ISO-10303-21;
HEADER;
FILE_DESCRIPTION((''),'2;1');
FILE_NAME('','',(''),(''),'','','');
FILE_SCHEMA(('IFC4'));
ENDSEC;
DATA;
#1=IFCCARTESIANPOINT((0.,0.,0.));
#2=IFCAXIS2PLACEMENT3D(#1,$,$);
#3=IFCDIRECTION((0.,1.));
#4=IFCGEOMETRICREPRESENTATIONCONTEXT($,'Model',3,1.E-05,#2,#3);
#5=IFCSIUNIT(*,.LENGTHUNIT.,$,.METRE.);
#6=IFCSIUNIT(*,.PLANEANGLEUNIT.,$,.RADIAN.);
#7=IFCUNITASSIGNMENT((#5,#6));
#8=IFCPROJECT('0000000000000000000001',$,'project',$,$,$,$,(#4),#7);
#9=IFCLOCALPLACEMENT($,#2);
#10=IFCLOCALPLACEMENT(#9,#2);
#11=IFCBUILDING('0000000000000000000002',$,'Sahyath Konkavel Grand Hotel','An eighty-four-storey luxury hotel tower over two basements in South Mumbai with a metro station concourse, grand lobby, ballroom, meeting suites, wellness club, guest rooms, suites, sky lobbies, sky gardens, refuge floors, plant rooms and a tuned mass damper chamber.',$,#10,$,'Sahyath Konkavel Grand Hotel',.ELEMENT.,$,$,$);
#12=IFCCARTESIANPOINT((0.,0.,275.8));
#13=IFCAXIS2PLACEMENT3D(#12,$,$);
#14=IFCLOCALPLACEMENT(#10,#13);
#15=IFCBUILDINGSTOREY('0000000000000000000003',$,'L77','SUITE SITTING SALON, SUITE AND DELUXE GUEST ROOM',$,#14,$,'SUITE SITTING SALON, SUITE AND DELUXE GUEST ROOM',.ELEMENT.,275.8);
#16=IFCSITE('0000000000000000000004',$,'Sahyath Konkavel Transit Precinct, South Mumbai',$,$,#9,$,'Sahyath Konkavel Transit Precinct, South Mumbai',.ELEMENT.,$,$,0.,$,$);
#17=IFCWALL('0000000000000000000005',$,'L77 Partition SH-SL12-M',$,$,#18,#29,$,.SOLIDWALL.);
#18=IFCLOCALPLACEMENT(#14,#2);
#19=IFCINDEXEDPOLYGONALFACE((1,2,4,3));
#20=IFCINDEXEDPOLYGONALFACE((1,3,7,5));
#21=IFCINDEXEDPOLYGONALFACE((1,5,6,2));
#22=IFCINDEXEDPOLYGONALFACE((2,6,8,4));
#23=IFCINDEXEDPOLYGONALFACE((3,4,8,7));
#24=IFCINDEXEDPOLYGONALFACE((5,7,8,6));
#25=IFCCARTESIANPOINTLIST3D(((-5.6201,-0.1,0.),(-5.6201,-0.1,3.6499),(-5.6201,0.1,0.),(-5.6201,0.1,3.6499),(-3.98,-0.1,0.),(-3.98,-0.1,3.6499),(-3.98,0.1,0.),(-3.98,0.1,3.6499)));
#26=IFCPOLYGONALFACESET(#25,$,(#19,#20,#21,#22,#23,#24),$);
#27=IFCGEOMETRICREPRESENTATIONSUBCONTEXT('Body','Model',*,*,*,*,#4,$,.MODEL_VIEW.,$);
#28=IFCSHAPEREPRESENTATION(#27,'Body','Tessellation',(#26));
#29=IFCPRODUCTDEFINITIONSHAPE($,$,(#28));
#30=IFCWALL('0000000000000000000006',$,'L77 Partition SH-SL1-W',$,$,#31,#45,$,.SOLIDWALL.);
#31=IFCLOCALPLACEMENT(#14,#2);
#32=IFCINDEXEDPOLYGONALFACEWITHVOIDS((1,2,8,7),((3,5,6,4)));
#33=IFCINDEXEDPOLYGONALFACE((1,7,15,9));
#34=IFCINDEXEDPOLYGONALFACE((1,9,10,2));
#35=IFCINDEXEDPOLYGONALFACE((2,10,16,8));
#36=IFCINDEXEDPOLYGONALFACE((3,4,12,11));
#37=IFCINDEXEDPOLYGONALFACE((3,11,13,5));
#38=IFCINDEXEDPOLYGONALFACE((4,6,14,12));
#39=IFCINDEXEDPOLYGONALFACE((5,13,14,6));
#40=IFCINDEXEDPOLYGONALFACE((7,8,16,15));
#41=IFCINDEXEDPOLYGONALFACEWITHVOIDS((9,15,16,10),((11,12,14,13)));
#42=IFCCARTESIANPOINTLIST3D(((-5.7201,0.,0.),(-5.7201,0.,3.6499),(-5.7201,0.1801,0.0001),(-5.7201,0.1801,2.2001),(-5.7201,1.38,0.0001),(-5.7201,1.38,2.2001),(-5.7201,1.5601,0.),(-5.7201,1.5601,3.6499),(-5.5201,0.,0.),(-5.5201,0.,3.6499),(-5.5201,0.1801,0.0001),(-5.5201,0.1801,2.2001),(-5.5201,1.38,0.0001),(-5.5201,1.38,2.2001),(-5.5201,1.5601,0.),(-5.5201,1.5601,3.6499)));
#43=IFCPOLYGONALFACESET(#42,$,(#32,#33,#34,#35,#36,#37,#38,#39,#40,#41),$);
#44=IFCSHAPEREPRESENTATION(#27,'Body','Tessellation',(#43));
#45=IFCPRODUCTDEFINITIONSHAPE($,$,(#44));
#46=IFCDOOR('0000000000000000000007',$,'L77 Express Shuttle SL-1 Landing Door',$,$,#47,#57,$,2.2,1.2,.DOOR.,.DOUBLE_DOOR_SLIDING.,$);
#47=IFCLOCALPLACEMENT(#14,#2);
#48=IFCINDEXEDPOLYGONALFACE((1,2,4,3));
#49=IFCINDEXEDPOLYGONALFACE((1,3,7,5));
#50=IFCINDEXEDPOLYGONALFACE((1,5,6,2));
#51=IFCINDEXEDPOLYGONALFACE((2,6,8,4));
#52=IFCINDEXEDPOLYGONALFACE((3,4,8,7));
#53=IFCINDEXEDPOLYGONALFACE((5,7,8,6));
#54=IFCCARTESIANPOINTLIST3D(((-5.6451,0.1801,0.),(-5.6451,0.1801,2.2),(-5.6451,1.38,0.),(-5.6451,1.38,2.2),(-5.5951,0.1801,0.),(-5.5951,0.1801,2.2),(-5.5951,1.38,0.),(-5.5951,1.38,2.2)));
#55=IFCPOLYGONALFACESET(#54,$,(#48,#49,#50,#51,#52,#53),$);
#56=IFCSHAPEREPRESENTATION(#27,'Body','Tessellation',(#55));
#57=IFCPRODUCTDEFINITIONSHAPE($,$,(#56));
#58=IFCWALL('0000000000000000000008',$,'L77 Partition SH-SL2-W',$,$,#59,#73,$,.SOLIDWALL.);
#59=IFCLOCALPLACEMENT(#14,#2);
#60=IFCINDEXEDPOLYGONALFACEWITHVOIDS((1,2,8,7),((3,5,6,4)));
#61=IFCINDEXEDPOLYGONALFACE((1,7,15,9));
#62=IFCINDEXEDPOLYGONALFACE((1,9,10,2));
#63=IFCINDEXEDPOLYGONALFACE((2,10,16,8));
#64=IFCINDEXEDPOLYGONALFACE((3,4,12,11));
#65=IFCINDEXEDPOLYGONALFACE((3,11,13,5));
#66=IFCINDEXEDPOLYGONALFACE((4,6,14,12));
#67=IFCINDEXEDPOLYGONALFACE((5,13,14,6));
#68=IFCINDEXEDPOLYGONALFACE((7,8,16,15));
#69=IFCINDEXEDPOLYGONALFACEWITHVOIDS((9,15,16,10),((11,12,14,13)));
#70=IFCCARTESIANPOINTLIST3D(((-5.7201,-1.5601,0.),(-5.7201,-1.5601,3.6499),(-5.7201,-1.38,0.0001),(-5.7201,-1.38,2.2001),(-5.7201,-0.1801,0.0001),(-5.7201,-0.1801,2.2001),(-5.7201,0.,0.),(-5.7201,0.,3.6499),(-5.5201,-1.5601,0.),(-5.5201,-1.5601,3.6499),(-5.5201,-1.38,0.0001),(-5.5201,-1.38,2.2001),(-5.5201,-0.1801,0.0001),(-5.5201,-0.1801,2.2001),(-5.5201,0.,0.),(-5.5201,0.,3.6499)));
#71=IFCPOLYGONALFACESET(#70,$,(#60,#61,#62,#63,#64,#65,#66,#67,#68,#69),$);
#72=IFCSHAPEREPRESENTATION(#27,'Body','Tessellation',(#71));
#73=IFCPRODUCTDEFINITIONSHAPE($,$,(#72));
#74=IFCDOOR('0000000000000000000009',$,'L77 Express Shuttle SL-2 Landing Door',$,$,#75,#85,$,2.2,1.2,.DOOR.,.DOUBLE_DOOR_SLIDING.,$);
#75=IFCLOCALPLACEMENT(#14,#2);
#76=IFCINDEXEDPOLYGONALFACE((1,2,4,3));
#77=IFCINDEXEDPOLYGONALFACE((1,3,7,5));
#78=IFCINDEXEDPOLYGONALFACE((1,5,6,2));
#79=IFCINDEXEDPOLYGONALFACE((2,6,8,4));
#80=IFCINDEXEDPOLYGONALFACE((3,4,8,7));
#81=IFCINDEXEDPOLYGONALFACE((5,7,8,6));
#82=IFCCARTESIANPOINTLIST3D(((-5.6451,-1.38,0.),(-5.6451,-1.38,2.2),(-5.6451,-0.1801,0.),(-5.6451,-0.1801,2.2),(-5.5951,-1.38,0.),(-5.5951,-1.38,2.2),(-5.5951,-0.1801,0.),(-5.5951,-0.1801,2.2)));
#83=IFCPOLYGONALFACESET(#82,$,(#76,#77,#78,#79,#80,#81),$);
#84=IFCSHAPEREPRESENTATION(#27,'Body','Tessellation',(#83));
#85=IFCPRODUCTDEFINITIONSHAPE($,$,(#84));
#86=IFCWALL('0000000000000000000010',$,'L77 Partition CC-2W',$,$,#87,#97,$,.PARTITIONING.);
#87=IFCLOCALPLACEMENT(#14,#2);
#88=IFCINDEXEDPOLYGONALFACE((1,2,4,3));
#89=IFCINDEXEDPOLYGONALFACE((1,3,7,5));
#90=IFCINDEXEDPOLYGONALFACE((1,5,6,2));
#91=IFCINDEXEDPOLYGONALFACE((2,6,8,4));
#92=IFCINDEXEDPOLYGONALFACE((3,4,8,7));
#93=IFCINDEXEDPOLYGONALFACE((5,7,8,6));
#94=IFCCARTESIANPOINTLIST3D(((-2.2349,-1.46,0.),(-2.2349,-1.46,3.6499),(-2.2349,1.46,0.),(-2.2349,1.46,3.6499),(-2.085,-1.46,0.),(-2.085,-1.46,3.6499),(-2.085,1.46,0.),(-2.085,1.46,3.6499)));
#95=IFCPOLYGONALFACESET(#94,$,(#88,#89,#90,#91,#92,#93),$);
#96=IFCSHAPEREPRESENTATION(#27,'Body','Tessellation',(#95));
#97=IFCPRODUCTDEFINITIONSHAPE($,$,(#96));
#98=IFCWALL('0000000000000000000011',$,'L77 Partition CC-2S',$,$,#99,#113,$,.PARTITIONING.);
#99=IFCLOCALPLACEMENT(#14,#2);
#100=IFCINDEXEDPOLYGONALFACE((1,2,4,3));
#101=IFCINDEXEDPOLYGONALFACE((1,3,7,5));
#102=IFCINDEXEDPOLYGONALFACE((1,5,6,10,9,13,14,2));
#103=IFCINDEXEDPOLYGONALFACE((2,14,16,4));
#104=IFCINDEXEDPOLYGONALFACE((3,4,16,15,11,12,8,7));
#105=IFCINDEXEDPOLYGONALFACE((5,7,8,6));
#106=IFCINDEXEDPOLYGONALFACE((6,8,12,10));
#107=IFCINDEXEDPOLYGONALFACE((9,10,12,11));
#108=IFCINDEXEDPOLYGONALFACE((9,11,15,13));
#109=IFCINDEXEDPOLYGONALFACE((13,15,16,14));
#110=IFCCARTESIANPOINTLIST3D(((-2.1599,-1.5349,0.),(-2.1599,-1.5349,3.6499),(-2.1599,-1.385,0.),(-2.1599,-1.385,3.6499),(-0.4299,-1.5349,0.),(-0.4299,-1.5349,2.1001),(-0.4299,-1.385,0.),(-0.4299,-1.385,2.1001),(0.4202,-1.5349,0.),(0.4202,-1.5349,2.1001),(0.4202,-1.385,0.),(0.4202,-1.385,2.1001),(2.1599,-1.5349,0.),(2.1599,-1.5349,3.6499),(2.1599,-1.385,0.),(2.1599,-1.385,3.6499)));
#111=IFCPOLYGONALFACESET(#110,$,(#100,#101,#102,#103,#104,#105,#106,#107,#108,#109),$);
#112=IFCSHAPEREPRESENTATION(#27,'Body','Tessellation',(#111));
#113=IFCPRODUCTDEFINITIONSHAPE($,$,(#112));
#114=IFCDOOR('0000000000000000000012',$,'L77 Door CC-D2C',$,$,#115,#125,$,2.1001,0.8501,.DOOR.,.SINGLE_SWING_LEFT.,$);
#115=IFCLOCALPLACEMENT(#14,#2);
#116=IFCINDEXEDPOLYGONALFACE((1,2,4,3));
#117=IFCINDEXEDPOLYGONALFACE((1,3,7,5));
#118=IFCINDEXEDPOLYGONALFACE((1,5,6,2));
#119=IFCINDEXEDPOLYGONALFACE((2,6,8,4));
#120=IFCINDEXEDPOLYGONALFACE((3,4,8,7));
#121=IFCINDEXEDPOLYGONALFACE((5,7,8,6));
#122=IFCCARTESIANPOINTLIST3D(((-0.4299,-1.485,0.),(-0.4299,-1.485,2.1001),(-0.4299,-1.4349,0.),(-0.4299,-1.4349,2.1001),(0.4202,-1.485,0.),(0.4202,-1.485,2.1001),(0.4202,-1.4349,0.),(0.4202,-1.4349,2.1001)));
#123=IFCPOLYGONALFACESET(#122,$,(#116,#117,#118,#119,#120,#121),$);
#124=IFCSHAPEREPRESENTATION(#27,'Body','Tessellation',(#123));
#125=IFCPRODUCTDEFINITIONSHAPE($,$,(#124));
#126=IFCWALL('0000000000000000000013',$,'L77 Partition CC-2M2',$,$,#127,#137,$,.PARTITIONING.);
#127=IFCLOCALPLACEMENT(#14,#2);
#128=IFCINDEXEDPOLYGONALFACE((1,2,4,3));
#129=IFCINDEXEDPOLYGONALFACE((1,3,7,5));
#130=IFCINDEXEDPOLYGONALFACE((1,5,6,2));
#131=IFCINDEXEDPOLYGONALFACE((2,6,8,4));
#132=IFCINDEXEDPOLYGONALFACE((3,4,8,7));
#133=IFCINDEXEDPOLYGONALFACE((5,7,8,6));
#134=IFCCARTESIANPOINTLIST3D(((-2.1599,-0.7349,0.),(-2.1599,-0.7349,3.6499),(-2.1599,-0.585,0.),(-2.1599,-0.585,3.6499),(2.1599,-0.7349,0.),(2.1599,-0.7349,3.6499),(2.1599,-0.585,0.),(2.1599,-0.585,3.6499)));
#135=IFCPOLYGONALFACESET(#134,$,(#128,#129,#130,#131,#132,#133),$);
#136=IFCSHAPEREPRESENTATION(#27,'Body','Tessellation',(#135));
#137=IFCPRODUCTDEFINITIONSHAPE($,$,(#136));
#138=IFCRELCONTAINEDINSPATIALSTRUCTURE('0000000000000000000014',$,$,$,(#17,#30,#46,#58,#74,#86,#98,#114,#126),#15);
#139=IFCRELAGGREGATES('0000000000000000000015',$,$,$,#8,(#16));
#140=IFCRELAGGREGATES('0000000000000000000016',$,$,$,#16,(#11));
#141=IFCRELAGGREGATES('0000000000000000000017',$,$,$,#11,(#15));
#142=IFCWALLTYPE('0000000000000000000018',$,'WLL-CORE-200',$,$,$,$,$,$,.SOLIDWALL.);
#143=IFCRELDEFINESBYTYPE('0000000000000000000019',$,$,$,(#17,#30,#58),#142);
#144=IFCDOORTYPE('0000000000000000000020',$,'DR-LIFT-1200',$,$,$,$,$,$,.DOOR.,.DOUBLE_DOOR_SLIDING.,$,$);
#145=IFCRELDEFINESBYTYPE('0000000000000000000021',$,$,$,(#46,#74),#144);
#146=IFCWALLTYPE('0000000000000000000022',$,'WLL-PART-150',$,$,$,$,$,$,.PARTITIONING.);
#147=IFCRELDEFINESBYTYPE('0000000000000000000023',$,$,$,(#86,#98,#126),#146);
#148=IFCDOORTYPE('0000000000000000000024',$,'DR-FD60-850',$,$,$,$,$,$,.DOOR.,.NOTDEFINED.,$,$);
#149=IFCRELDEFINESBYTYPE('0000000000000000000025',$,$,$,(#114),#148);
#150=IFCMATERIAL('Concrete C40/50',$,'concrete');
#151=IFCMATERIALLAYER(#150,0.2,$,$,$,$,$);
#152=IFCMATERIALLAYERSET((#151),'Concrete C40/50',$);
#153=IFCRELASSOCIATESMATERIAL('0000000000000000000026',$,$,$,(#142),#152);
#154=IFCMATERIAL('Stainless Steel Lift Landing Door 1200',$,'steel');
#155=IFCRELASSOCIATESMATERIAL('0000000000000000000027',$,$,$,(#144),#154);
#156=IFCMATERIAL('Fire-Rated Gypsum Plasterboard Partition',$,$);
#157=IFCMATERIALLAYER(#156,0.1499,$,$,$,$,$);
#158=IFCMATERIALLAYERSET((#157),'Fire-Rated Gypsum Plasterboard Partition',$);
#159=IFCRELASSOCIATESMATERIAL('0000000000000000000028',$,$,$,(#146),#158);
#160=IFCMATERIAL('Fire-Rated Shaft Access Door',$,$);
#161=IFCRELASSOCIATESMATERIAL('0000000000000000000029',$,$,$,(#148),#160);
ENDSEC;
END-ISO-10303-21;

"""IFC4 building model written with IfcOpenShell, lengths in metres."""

from ifc_helpers import new_model, si_unit, direction, frame, frame_2d, origin, origin_2d, place, context, subcontext, project, spatial, rectangle, extrude, source, transform, mapped, material, layer, layer_set, type_object, element, fill, save


model = new_model("IFC4")

# Units and contexts
model_context = context("Model", 3, precision=1e-05, world=origin(), true_north=direction((0.0, 1.0)))
body_context = subcontext(model_context, "Body", "Model", "MODEL_VIEW")
ifc_project = project(units=[si_unit("LENGTHUNIT", "METRE"), si_unit("PLANEANGLEUNIT", "RADIAN")], contexts=[model_context])

# Site, building, storey
site_placement = place(None, origin())
site = spatial("IfcSite", under=ifc_project, at=site_placement, Name="Sahyath Konkavel Transit Precinct, South Mumbai", LongName="Sahyath Konkavel Transit Precinct, South Mumbai", CompositionType="ELEMENT", RefElevation=0.0)
building_placement = place(site_placement, origin())
building = spatial("IfcBuilding", under=site, at=building_placement, Name="Sahyath Konkavel Grand Hotel", Description="An eighty-four-storey luxury hotel tower over two basements in South Mumbai with a metro station concourse, grand lobby, ballroom, meeting suites, wellness club, guest rooms, suites, sky lobbies, sky gardens, refuge floors, plant rooms and a tuned mass damper chamber.", LongName="Sahyath Konkavel Grand Hotel", CompositionType="ELEMENT")
storey_placement = place(building_placement, frame((0.0, 0.0, 275.8)))
storey = spatial("IfcBuildingStorey", under=building, at=storey_placement, Name="L77", Description="SUITE SITTING SALON, SUITE AND DELUXE GUEST ROOM", LongName="SUITE SITTING SALON, SUITE AND DELUXE GUEST ROOM", CompositionType="ELEMENT", Elevation=275.8)

# Shared definitions
ifc_material_1 = material(Name="Concrete C40/50", Category="concrete")

# Shared definitions
ifc_layer_1 = layer(ifc_material_1, 0.2)
ifc_layer_set_1 = layer_set([ifc_layer_1], Name="Concrete C40/50")
wall_type_1 = type_object("IfcWallType", Name="WLL-CORE-200", PredefinedType="SOLIDWALL", material=ifc_layer_set_1)

# Shared definitions
ifc_material_2 = material(Name="Stainless Steel Lift Landing Door 1200", Category="steel")
door_type_1 = type_object("IfcDoorType", Name="DR-LIFT-1200", OperationType="DOUBLE_DOOR_SLIDING", PredefinedType="DOOR", material=ifc_material_2)
shared_shape_1 = source(origin(), body_context, "Body", "SweptSolid", [
    extrude(rectangle(XDim=1.2, YDim=0.05, at=origin_2d()), origin(), (0.0, 0.0, 1.0), 2.2),
])

# Wall
for number, where, z_axis, x_axis, name in (
    (1, (-5.6201, 0.0, 0.0), (0.0, 0.0, 1.0), (1.0, 0.0, 0.0), "L77 Partition SH-SL12-M"),
):
    element("IfcWall", number, at=place(storey_placement, frame(where, z_axis=z_axis, x_axis=x_axis)), inside=storey, type_object=wall_type_1, Name=name, PredefinedType="SOLIDWALL", context=body_context, shape_type="SweptSolid", body=[
        extrude(rectangle(XDim=1.6401, YDim=0.2, at=frame_2d((0.8201, 0.0))), origin(), (0.0, 0.0, 1.0), 3.6499),
    ])

# Walls, openings, doors
wall_1_placement = place(storey_placement, frame((-5.6201, 0.0, 0.0), z_axis=(0.0, 0.0, 1.0), x_axis=(0.0, 1.0, 0.0)))
wall_1 = element("IfcWall", 2, at=wall_1_placement, inside=storey, type_object=wall_type_1, Name="L77 Partition SH-SL1-W", PredefinedType="SOLIDWALL", context=body_context, shape_type="SweptSolid", body=[
    extrude(rectangle(XDim=1.5601, YDim=0.2, at=frame_2d((0.78, 0.0))), origin(), (0.0, 0.0, 1.0), 3.6499),
])
opening_1_placement = place(wall_1_placement, frame((0.1799, 0.0, 0.0)))
opening_1 = element("IfcOpeningElement", 3, at=opening_1_placement, cuts=wall_1, PredefinedType="OPENING", context=body_context, shape_type="SweptSolid", body=[
    extrude(rectangle(XDim=1.2, YDim=2.2, at=frame_2d((0.6001, 1.1001))), frame((0.0, 0.1099, 0.0), z_axis=(0.0, -1.0, 0.0), x_axis=(1.0, 0.0, 0.0)), (0.0, 0.0, 1.0), 0.22),
])
door_1_placement = place(opening_1_placement, frame((0.6001, 0.0, 0.0)))
door_1 = element("IfcDoor", 4, at=door_1_placement, inside=storey, type_object=door_type_1, Name="L77 Express Shuttle SL-1 Landing Door", OperationType="DOUBLE_DOOR_SLIDING", OverallHeight=2.2, OverallWidth=1.2, PredefinedType="DOOR", context=body_context, shape_type="MappedRepresentation", body=[
    mapped(shared_shape_1, transform((0.0, 0.0, 0.0), scale=1.0)),
])
fill(opening_1, door_1)
wall_2_placement = place(storey_placement, frame((-5.6201, -1.5601, 0.0), z_axis=(0.0, 0.0, 1.0), x_axis=(0.0, 1.0, 0.0)))
wall_2 = element("IfcWall", 5, at=wall_2_placement, inside=storey, type_object=wall_type_1, Name="L77 Partition SH-SL2-W", PredefinedType="SOLIDWALL", context=body_context, shape_type="SweptSolid", body=[
    extrude(rectangle(XDim=1.5601, YDim=0.2, at=frame_2d((0.78, 0.0))), origin(), (0.0, 0.0, 1.0), 3.6499),
])
opening_2_placement = place(wall_2_placement, frame((0.1799, 0.0, 0.0)))
opening_2 = element("IfcOpeningElement", 6, at=opening_2_placement, cuts=wall_2, PredefinedType="OPENING", context=body_context, shape_type="SweptSolid", body=[
    extrude(rectangle(XDim=1.2, YDim=2.2, at=frame_2d((0.6001, 1.1001))), frame((0.0, 0.1099, 0.0), z_axis=(0.0, -1.0, 0.0), x_axis=(1.0, 0.0, 0.0)), (0.0, 0.0, 1.0), 0.22),
])
door_2_placement = place(opening_2_placement, frame((0.6001, 0.0, 0.0)))
door_2 = element("IfcDoor", 7, at=door_2_placement, inside=storey, type_object=door_type_1, Name="L77 Express Shuttle SL-2 Landing Door", OperationType="DOUBLE_DOOR_SLIDING", OverallHeight=2.2, OverallWidth=1.2, PredefinedType="DOOR", context=body_context, shape_type="MappedRepresentation", body=[
    mapped(shared_shape_1, transform((0.0, 0.0, 0.0), scale=1.0)),
])
fill(opening_2, door_2)

# Wall
ifc_material_3 = material(Name="Fire-Rated Gypsum Plasterboard Partition")
ifc_layer_2 = layer(ifc_material_3, 0.1499)
ifc_layer_set_2 = layer_set([ifc_layer_2], Name="Fire-Rated Gypsum Plasterboard Partition")
wall_type_2 = type_object("IfcWallType", Name="WLL-PART-150", PredefinedType="PARTITIONING", material=ifc_layer_set_2)
wall_3_placement = place(storey_placement, frame((-2.1599, -1.46, 0.0), z_axis=(0.0, 0.0, 1.0), x_axis=(0.0, 1.0, 0.0)))
element("IfcWall", 8, at=wall_3_placement, inside=storey, type_object=wall_type_2, Name="L77 Partition CC-2W", PredefinedType="PARTITIONING", context=body_context, shape_type="SweptSolid", body=[
    extrude(rectangle(XDim=2.9199, YDim=0.1499, at=frame_2d((1.46, 0.0))), origin(), (0.0, 0.0, 1.0), 3.6499),
])

# Wall, opening, door
wall_4_placement = place(storey_placement, frame((-2.1599, -1.46, 0.0), z_axis=(0.0, 0.0, 1.0), x_axis=(1.0, 0.0, 0.0)))
wall_4 = element("IfcWall", 9, at=wall_4_placement, inside=storey, type_object=wall_type_2, Name="L77 Partition CC-2S", PredefinedType="PARTITIONING", context=body_context, shape_type="SweptSolid", body=[
    extrude(rectangle(XDim=4.3198, YDim=0.1499, at=frame_2d((2.1599, 0.0))), origin(), (0.0, 0.0, 1.0), 3.6499),
])
opening_3_placement = place(wall_4_placement, frame((1.73, 0.0, 0.0)))
opening_3 = element("IfcOpeningElement", 10, at=opening_3_placement, cuts=wall_4, PredefinedType="OPENING", context=body_context, shape_type="SweptSolid", body=[
    extrude(rectangle(XDim=0.8501, YDim=2.1001, at=frame_2d((0.425, 1.05))), frame((0.0, 0.085, 0.0), z_axis=(0.0, -1.0, 0.0), x_axis=(1.0, 0.0, 0.0)), (0.0, 0.0, 1.0), 0.1699),
])
ifc_material_4 = material(Name="Fire-Rated Shaft Access Door")
door_type_2 = type_object("IfcDoorType", Name="DR-FD60-850", OperationType="NOTDEFINED", PredefinedType="DOOR", material=ifc_material_4)
shared_shape_2 = source(origin(), body_context, "Body", "SweptSolid", [
    extrude(rectangle(XDim=0.8501, YDim=0.05, at=origin_2d()), origin(), (0.0, 0.0, 1.0), 2.1001),
])
door_3_placement = place(opening_3_placement, frame((0.425, 0.0, 0.0)))
door_3 = element("IfcDoor", 11, at=door_3_placement, inside=storey, type_object=door_type_2, Name="L77 Door CC-D2C", OperationType="SINGLE_SWING_LEFT", OverallHeight=2.1001, OverallWidth=0.8501, PredefinedType="DOOR", context=body_context, shape_type="MappedRepresentation", body=[
    mapped(shared_shape_2, transform((0.0, 0.0, 0.0), scale=1.0)),
])
fill(opening_3, door_3)

# Wall
wall_5_placement = place(storey_placement, frame((-2.1599, -0.6599, 0.0), z_axis=(0.0, 0.0, 1.0), x_axis=(1.0, 0.0, 0.0)))
element("IfcWall", 12, at=wall_5_placement, inside=storey, type_object=wall_type_2, Name="L77 Partition CC-2M2", PredefinedType="PARTITIONING", context=body_context, shape_type="SweptSolid", body=[
    extrude(rectangle(XDim=4.3198, YDim=0.1499, at=frame_2d((2.1599, 0.0))), origin(), (0.0, 0.0, 1.0), 3.6499),
])

save(model, "model.ifc")
